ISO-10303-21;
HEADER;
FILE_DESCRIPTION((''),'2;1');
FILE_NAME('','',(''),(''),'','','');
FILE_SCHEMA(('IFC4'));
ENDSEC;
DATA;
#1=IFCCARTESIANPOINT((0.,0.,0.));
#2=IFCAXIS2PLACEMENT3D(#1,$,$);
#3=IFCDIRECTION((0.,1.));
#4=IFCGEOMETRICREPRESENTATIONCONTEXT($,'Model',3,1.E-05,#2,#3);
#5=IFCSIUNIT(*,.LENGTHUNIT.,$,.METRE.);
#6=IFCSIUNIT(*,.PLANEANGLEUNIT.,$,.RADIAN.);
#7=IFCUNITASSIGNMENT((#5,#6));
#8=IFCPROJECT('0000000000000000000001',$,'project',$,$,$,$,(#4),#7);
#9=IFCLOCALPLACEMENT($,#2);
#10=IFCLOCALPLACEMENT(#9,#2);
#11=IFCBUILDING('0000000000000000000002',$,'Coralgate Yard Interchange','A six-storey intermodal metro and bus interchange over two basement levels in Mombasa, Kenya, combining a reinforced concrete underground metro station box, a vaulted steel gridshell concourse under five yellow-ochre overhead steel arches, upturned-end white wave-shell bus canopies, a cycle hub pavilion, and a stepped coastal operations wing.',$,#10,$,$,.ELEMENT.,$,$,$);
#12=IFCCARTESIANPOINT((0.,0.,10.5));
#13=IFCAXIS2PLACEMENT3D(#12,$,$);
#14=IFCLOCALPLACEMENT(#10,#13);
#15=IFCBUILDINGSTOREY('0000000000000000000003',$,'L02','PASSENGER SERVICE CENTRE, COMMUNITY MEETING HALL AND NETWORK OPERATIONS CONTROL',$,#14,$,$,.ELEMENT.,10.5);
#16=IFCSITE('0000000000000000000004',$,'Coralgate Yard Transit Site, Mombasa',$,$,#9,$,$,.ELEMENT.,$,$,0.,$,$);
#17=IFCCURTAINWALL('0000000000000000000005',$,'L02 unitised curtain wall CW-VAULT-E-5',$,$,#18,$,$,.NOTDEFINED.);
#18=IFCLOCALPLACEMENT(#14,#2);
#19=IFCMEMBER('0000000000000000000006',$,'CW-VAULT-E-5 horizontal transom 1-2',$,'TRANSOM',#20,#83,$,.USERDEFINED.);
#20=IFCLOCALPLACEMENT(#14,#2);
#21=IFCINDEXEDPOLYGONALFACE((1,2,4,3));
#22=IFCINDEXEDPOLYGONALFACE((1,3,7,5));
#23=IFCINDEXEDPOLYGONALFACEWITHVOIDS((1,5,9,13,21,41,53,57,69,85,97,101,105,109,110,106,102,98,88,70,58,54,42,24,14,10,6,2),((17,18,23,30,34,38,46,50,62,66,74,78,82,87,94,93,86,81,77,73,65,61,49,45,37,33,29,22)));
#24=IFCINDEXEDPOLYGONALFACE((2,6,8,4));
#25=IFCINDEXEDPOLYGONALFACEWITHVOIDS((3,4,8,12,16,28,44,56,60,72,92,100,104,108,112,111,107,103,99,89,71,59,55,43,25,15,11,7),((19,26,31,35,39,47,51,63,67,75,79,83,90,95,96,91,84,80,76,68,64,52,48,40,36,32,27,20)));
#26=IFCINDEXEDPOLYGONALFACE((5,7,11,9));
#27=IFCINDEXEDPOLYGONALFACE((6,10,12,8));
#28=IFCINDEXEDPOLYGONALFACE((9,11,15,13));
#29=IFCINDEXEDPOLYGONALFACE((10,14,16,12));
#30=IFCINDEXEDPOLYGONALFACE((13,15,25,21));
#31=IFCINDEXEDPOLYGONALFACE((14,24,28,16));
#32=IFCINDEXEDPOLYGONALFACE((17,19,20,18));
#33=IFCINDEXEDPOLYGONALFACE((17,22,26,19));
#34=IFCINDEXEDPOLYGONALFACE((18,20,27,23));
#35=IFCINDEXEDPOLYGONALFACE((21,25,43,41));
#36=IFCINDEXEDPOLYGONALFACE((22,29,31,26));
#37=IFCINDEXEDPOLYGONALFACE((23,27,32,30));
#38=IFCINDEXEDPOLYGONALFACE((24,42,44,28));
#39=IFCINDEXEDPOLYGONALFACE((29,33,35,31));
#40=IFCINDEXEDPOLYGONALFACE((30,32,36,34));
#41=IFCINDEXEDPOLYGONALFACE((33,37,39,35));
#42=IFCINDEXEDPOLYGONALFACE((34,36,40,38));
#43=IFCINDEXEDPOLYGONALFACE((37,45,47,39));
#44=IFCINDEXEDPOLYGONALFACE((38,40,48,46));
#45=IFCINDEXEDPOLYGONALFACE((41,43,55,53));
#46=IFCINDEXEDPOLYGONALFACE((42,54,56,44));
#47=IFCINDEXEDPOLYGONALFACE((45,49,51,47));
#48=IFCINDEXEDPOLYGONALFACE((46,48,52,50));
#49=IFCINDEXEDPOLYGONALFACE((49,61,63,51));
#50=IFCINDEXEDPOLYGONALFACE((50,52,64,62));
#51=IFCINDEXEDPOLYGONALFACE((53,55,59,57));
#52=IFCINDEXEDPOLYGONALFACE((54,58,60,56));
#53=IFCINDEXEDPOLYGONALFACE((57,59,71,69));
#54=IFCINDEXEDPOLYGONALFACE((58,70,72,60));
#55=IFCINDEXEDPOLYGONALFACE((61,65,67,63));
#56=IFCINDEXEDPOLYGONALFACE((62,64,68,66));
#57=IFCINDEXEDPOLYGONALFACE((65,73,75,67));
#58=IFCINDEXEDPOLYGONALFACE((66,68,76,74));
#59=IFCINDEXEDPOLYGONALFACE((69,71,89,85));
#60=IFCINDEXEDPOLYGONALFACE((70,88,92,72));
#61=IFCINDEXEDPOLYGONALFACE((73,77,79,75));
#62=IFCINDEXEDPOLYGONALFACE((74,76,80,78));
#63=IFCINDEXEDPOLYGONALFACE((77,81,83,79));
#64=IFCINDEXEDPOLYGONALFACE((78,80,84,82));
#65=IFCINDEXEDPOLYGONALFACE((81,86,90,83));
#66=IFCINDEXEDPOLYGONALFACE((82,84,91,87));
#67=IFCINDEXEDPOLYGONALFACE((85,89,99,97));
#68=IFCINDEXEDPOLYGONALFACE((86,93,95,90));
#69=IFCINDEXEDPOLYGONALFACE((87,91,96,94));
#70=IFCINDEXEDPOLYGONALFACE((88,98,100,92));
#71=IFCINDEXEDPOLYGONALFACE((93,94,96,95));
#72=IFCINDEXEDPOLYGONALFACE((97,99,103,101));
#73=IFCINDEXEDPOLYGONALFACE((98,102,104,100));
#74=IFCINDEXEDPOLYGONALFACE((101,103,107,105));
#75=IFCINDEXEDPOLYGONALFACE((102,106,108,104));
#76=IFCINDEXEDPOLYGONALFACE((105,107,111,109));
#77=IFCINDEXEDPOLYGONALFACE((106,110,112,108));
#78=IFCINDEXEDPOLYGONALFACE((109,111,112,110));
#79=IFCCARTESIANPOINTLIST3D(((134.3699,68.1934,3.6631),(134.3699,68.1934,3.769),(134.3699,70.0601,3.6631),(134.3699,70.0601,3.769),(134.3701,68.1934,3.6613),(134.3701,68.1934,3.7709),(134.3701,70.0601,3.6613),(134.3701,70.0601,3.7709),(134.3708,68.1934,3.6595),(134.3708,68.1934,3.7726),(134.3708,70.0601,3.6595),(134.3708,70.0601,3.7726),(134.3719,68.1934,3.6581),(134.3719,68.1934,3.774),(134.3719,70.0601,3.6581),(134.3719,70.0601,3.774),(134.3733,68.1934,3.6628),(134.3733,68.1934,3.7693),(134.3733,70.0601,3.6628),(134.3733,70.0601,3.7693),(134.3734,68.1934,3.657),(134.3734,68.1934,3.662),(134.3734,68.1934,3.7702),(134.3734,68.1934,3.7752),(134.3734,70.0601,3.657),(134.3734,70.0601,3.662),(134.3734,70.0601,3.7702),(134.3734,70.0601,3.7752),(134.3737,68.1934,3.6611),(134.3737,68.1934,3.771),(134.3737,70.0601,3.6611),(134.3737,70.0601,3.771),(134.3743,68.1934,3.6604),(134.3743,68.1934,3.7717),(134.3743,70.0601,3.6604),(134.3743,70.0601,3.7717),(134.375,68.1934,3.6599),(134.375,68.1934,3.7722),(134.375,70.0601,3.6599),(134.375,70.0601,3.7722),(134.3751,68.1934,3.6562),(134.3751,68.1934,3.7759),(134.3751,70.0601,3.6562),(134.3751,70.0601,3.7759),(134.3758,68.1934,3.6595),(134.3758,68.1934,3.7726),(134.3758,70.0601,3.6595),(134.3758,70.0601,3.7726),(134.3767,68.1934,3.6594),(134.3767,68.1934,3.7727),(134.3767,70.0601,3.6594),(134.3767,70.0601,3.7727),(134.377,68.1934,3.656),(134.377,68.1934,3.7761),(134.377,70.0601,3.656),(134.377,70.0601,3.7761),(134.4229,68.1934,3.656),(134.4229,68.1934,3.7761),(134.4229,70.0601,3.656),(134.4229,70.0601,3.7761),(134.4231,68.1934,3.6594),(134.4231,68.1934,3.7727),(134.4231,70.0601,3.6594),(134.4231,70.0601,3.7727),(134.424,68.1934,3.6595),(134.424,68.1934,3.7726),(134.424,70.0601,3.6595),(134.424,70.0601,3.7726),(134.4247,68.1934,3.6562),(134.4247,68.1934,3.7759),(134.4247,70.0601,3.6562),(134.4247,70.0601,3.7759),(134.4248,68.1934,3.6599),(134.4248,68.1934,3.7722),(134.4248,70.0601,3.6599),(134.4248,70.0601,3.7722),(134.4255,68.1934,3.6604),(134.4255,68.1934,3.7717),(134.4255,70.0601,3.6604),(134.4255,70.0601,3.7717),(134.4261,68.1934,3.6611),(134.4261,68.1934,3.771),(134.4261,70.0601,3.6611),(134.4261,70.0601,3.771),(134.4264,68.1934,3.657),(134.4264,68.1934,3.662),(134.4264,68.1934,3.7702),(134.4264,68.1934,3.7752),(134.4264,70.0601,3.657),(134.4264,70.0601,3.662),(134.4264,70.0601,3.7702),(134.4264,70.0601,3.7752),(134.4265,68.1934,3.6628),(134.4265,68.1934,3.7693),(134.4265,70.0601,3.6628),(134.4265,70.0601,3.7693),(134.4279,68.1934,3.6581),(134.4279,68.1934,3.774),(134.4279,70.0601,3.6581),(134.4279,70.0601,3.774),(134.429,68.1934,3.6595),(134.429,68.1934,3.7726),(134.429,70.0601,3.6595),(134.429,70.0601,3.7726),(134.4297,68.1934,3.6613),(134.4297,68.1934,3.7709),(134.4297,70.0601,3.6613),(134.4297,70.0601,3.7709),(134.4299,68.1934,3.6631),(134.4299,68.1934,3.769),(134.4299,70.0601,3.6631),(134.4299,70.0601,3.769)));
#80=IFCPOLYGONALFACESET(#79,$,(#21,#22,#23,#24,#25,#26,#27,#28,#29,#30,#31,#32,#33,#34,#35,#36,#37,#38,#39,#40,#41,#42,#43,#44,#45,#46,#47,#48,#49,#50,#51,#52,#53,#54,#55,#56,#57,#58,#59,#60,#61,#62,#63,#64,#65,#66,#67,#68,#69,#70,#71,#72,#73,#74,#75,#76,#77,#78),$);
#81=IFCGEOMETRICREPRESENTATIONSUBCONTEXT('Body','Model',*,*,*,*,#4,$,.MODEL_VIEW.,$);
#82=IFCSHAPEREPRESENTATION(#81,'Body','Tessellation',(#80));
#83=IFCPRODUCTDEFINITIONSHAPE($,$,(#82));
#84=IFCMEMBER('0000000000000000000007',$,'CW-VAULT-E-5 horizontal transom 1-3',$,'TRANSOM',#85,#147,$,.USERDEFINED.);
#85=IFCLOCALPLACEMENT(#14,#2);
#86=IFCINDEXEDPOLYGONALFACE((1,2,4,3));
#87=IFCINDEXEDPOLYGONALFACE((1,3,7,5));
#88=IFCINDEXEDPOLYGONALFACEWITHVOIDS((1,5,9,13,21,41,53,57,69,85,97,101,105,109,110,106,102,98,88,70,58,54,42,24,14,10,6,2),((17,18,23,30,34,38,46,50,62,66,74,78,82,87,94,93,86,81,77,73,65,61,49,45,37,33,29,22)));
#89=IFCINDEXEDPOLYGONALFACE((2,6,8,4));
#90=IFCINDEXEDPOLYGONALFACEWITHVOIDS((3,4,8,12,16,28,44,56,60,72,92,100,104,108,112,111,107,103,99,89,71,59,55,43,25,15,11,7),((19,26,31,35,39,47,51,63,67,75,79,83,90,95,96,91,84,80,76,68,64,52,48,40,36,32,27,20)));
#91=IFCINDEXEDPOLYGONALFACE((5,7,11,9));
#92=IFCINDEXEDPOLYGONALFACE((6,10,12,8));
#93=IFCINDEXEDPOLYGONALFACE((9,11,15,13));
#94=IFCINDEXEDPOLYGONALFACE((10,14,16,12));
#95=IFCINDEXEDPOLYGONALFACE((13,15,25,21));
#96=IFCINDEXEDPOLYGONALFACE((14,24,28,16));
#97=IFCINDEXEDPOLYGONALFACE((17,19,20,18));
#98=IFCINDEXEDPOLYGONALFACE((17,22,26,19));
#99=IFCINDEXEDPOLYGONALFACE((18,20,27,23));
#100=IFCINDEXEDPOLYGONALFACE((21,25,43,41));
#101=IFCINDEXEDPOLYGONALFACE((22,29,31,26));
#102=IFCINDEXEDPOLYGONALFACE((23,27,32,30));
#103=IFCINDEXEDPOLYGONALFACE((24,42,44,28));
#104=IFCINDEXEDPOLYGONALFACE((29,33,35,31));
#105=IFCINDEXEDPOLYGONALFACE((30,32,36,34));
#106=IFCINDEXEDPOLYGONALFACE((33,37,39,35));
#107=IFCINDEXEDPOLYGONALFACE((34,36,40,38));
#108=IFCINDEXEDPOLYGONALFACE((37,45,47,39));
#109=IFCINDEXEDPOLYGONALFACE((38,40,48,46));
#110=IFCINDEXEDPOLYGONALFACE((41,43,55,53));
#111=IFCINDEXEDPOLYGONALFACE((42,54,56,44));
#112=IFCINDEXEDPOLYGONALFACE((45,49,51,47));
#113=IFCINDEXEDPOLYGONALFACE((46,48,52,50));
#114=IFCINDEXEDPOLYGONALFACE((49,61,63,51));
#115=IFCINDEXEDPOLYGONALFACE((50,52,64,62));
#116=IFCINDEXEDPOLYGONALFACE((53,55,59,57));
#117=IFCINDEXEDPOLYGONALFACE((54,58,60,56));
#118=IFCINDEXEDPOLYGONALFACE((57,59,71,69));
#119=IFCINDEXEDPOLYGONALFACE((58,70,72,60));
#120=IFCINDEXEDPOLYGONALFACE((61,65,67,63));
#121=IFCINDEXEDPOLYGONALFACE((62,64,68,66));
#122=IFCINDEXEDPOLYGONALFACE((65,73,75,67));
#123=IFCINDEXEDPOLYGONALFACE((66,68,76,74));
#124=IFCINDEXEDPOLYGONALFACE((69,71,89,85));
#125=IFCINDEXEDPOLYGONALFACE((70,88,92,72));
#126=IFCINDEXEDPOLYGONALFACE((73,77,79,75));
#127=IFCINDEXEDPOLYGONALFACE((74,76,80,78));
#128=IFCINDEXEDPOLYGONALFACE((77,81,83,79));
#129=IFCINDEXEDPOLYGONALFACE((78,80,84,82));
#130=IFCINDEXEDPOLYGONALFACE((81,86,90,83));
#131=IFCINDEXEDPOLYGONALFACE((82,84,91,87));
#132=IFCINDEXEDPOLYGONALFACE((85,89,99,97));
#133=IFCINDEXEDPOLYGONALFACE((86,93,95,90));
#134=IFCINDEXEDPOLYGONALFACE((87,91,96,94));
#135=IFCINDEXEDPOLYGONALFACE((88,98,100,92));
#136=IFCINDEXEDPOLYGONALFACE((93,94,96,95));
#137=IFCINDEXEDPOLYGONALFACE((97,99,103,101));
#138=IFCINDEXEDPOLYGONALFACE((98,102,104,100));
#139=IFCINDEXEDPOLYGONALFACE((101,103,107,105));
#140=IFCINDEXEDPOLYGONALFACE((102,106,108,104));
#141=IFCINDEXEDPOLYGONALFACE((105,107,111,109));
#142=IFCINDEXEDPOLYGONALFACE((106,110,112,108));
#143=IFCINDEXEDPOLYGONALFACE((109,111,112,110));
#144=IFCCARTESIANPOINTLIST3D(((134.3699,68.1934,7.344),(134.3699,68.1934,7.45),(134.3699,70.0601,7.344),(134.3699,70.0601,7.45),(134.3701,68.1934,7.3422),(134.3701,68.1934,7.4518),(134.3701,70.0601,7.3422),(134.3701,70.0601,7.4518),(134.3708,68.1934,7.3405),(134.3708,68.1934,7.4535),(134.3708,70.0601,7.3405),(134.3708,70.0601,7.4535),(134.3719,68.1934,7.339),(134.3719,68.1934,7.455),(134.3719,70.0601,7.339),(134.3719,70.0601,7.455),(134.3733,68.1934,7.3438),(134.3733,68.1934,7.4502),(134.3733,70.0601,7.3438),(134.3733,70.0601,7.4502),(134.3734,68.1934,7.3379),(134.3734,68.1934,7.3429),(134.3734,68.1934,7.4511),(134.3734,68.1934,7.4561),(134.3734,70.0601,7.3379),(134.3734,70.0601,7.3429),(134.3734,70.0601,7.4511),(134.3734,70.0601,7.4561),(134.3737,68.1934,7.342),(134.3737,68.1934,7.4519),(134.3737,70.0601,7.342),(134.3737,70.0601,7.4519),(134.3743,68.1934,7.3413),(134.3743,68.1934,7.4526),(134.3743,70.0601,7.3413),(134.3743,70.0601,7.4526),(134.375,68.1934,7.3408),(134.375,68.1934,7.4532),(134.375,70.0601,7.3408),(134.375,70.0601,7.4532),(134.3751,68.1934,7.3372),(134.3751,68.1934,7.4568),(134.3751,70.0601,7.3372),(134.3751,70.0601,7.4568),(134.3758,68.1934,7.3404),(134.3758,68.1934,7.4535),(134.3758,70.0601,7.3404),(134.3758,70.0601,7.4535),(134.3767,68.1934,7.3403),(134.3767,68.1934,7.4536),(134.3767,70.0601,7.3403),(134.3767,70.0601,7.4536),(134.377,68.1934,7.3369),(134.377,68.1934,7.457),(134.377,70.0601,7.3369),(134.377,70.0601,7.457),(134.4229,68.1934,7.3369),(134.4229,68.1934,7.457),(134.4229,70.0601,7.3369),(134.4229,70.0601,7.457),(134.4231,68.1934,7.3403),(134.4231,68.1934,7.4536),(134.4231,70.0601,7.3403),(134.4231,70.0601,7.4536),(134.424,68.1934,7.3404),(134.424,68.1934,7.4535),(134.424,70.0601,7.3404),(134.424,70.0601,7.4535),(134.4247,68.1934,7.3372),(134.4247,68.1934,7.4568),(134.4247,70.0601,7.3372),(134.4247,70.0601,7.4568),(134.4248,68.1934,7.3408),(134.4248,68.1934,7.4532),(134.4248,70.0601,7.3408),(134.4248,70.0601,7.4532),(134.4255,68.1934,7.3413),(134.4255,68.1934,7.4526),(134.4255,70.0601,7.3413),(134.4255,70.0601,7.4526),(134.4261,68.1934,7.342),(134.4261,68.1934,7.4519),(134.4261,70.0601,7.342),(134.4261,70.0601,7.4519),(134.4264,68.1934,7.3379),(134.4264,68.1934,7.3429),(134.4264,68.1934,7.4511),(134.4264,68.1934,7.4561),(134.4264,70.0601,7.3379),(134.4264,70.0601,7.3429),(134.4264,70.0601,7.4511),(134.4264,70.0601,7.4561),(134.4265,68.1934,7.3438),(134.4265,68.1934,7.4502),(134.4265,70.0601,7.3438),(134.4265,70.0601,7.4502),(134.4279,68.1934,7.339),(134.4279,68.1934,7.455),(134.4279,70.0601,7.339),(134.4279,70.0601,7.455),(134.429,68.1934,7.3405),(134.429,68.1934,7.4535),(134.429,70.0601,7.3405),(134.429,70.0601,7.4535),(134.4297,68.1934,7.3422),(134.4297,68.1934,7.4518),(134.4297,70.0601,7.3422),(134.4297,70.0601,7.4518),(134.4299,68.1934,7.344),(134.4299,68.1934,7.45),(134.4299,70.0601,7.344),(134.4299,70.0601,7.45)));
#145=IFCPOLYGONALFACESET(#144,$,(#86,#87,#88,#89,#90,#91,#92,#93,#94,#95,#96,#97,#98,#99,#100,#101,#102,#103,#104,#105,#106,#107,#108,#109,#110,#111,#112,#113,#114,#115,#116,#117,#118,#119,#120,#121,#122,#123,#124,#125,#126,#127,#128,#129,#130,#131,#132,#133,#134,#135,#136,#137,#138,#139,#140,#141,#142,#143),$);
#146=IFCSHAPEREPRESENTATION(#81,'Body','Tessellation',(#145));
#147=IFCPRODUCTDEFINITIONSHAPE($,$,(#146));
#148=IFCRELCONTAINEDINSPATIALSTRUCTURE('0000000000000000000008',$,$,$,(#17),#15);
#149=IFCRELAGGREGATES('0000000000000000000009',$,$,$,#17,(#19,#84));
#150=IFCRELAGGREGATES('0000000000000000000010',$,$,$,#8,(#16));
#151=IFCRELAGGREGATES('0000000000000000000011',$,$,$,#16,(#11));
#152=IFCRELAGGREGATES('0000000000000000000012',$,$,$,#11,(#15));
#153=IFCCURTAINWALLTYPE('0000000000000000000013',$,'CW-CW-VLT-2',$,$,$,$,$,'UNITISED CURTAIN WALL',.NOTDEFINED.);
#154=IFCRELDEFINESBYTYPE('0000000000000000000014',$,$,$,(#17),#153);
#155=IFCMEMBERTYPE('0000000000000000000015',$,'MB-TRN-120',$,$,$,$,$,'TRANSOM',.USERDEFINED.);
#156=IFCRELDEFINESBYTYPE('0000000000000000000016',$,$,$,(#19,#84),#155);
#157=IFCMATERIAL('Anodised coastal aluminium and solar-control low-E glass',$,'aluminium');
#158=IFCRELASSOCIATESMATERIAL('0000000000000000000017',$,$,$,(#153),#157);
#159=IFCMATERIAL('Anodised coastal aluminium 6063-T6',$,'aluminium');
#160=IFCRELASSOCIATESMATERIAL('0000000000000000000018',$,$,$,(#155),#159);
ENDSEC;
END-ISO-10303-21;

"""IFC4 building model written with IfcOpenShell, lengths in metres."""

from ifc_helpers import new_model, si_unit, direction, frame, origin, origin_2d, place, context, subcontext, project, spatial, hollow_rectangle, extrude, material, material_profile, profile_set, type_object, element, aggregate, save


model = new_model("IFC4")

# Units and contexts
model_context = context("Model", 3, precision=1e-05, world=origin(), true_north=direction((0.0, 1.0)))
body_context = subcontext(model_context, "Body", "Model", "MODEL_VIEW")
ifc_project = project(units=[si_unit("LENGTHUNIT", "METRE"), si_unit("PLANEANGLEUNIT", "RADIAN")], contexts=[model_context])

# Site, building, storey
site_placement = place(None, origin())
site = spatial("IfcSite", under=ifc_project, at=site_placement, Name="Coralgate Yard Transit Site, Mombasa", CompositionType="ELEMENT", RefElevation=0.0)
building_placement = place(site_placement, origin())
building = spatial("IfcBuilding", under=site, at=building_placement, Name="Coralgate Yard Interchange", Description="A six-storey intermodal metro and bus interchange over two basement levels in Mombasa, Kenya, combining a reinforced concrete underground metro station box, a vaulted steel gridshell concourse under five yellow-ochre overhead steel arches, upturned-end white wave-shell bus canopies, a cycle hub pavilion, and a stepped coastal operations wing.", CompositionType="ELEMENT")
storey_placement = place(building_placement, frame((0.0, 0.0, 10.5)))
storey = spatial("IfcBuildingStorey", under=building, at=storey_placement, Name="L02", Description="PASSENGER SERVICE CENTRE, COMMUNITY MEETING HALL AND NETWORK OPERATIONS CONTROL", CompositionType="ELEMENT", Elevation=10.5)

# Curtain wall
ifc_material_1 = material(Name="Anodised coastal aluminium and solar-control low-E glass", Category="aluminium")
curtain_wall_type = type_object("IfcCurtainWallType", Name="CW-CW-VLT-2", ElementType="UNITISED CURTAIN WALL", PredefinedType="NOTDEFINED", material=ifc_material_1)
curtain_wall_placement = place(storey_placement, origin())
curtain_wall = element("IfcCurtainWall", 1, at=curtain_wall_placement, inside=storey, type_object=curtain_wall_type, Name="L02 unitised curtain wall CW-VAULT-E-5", PredefinedType="NOTDEFINED")
ifc_material_2 = material(Name="Anodised coastal aluminium 6063-T6", Category="aluminium")

# Members
ifc_material_profile_1 = material_profile(ifc_material_2, hollow_rectangle(XDim=0.0601, YDim=0.1201, WallThickness=0.0034, InnerFilletRadius=0.0034, OuterFilletRadius=0.0071, at=origin_2d()), Name="ALU 60x120x3.5")
ifc_profile_set_1 = profile_set([ifc_material_profile_1], Name="Anodised coastal aluminium 6063-T6")
member_type_1 = type_object("IfcMemberType", Name="MB-TRN-120", ElementType="TRANSOM", PredefinedType="USERDEFINED", material=ifc_profile_set_1)
member_1_placement = place(storey_placement, frame((134.3999, 70.0601, 3.7161), z_axis=(0.0, -1.0, 0.0), x_axis=(1.0, 0.0, 0.0)))
member_1 = element("IfcMember", 2, at=member_1_placement, type_object=member_type_1, Name="CW-VAULT-E-5 horizontal transom 1-2", ObjectType="TRANSOM", PredefinedType="USERDEFINED", context=body_context, shape_type="SweptSolid", body=[
    extrude(hollow_rectangle(XDim=0.0601, YDim=0.1201, WallThickness=0.0034, InnerFilletRadius=0.0034, OuterFilletRadius=0.0071, at=origin_2d()), origin(), (0.0, 0.0, 1.0), 1.8667),
])
member_2_placement = place(storey_placement, frame((134.3999, 70.0601, 7.397), z_axis=(0.0, -1.0, 0.0), x_axis=(1.0, 0.0, 0.0)))
member_2 = element("IfcMember", 3, at=member_2_placement, type_object=member_type_1, Name="CW-VAULT-E-5 horizontal transom 1-3", ObjectType="TRANSOM", PredefinedType="USERDEFINED", context=body_context, shape_type="SweptSolid", body=[
    extrude(hollow_rectangle(XDim=0.0601, YDim=0.1201, WallThickness=0.0034, InnerFilletRadius=0.0034, OuterFilletRadius=0.0071, at=origin_2d()), origin(), (0.0, 0.0, 1.0), 1.8667),
])

aggregate(curtain_wall, [member_1, member_2])

save(model, "model.ifc")
